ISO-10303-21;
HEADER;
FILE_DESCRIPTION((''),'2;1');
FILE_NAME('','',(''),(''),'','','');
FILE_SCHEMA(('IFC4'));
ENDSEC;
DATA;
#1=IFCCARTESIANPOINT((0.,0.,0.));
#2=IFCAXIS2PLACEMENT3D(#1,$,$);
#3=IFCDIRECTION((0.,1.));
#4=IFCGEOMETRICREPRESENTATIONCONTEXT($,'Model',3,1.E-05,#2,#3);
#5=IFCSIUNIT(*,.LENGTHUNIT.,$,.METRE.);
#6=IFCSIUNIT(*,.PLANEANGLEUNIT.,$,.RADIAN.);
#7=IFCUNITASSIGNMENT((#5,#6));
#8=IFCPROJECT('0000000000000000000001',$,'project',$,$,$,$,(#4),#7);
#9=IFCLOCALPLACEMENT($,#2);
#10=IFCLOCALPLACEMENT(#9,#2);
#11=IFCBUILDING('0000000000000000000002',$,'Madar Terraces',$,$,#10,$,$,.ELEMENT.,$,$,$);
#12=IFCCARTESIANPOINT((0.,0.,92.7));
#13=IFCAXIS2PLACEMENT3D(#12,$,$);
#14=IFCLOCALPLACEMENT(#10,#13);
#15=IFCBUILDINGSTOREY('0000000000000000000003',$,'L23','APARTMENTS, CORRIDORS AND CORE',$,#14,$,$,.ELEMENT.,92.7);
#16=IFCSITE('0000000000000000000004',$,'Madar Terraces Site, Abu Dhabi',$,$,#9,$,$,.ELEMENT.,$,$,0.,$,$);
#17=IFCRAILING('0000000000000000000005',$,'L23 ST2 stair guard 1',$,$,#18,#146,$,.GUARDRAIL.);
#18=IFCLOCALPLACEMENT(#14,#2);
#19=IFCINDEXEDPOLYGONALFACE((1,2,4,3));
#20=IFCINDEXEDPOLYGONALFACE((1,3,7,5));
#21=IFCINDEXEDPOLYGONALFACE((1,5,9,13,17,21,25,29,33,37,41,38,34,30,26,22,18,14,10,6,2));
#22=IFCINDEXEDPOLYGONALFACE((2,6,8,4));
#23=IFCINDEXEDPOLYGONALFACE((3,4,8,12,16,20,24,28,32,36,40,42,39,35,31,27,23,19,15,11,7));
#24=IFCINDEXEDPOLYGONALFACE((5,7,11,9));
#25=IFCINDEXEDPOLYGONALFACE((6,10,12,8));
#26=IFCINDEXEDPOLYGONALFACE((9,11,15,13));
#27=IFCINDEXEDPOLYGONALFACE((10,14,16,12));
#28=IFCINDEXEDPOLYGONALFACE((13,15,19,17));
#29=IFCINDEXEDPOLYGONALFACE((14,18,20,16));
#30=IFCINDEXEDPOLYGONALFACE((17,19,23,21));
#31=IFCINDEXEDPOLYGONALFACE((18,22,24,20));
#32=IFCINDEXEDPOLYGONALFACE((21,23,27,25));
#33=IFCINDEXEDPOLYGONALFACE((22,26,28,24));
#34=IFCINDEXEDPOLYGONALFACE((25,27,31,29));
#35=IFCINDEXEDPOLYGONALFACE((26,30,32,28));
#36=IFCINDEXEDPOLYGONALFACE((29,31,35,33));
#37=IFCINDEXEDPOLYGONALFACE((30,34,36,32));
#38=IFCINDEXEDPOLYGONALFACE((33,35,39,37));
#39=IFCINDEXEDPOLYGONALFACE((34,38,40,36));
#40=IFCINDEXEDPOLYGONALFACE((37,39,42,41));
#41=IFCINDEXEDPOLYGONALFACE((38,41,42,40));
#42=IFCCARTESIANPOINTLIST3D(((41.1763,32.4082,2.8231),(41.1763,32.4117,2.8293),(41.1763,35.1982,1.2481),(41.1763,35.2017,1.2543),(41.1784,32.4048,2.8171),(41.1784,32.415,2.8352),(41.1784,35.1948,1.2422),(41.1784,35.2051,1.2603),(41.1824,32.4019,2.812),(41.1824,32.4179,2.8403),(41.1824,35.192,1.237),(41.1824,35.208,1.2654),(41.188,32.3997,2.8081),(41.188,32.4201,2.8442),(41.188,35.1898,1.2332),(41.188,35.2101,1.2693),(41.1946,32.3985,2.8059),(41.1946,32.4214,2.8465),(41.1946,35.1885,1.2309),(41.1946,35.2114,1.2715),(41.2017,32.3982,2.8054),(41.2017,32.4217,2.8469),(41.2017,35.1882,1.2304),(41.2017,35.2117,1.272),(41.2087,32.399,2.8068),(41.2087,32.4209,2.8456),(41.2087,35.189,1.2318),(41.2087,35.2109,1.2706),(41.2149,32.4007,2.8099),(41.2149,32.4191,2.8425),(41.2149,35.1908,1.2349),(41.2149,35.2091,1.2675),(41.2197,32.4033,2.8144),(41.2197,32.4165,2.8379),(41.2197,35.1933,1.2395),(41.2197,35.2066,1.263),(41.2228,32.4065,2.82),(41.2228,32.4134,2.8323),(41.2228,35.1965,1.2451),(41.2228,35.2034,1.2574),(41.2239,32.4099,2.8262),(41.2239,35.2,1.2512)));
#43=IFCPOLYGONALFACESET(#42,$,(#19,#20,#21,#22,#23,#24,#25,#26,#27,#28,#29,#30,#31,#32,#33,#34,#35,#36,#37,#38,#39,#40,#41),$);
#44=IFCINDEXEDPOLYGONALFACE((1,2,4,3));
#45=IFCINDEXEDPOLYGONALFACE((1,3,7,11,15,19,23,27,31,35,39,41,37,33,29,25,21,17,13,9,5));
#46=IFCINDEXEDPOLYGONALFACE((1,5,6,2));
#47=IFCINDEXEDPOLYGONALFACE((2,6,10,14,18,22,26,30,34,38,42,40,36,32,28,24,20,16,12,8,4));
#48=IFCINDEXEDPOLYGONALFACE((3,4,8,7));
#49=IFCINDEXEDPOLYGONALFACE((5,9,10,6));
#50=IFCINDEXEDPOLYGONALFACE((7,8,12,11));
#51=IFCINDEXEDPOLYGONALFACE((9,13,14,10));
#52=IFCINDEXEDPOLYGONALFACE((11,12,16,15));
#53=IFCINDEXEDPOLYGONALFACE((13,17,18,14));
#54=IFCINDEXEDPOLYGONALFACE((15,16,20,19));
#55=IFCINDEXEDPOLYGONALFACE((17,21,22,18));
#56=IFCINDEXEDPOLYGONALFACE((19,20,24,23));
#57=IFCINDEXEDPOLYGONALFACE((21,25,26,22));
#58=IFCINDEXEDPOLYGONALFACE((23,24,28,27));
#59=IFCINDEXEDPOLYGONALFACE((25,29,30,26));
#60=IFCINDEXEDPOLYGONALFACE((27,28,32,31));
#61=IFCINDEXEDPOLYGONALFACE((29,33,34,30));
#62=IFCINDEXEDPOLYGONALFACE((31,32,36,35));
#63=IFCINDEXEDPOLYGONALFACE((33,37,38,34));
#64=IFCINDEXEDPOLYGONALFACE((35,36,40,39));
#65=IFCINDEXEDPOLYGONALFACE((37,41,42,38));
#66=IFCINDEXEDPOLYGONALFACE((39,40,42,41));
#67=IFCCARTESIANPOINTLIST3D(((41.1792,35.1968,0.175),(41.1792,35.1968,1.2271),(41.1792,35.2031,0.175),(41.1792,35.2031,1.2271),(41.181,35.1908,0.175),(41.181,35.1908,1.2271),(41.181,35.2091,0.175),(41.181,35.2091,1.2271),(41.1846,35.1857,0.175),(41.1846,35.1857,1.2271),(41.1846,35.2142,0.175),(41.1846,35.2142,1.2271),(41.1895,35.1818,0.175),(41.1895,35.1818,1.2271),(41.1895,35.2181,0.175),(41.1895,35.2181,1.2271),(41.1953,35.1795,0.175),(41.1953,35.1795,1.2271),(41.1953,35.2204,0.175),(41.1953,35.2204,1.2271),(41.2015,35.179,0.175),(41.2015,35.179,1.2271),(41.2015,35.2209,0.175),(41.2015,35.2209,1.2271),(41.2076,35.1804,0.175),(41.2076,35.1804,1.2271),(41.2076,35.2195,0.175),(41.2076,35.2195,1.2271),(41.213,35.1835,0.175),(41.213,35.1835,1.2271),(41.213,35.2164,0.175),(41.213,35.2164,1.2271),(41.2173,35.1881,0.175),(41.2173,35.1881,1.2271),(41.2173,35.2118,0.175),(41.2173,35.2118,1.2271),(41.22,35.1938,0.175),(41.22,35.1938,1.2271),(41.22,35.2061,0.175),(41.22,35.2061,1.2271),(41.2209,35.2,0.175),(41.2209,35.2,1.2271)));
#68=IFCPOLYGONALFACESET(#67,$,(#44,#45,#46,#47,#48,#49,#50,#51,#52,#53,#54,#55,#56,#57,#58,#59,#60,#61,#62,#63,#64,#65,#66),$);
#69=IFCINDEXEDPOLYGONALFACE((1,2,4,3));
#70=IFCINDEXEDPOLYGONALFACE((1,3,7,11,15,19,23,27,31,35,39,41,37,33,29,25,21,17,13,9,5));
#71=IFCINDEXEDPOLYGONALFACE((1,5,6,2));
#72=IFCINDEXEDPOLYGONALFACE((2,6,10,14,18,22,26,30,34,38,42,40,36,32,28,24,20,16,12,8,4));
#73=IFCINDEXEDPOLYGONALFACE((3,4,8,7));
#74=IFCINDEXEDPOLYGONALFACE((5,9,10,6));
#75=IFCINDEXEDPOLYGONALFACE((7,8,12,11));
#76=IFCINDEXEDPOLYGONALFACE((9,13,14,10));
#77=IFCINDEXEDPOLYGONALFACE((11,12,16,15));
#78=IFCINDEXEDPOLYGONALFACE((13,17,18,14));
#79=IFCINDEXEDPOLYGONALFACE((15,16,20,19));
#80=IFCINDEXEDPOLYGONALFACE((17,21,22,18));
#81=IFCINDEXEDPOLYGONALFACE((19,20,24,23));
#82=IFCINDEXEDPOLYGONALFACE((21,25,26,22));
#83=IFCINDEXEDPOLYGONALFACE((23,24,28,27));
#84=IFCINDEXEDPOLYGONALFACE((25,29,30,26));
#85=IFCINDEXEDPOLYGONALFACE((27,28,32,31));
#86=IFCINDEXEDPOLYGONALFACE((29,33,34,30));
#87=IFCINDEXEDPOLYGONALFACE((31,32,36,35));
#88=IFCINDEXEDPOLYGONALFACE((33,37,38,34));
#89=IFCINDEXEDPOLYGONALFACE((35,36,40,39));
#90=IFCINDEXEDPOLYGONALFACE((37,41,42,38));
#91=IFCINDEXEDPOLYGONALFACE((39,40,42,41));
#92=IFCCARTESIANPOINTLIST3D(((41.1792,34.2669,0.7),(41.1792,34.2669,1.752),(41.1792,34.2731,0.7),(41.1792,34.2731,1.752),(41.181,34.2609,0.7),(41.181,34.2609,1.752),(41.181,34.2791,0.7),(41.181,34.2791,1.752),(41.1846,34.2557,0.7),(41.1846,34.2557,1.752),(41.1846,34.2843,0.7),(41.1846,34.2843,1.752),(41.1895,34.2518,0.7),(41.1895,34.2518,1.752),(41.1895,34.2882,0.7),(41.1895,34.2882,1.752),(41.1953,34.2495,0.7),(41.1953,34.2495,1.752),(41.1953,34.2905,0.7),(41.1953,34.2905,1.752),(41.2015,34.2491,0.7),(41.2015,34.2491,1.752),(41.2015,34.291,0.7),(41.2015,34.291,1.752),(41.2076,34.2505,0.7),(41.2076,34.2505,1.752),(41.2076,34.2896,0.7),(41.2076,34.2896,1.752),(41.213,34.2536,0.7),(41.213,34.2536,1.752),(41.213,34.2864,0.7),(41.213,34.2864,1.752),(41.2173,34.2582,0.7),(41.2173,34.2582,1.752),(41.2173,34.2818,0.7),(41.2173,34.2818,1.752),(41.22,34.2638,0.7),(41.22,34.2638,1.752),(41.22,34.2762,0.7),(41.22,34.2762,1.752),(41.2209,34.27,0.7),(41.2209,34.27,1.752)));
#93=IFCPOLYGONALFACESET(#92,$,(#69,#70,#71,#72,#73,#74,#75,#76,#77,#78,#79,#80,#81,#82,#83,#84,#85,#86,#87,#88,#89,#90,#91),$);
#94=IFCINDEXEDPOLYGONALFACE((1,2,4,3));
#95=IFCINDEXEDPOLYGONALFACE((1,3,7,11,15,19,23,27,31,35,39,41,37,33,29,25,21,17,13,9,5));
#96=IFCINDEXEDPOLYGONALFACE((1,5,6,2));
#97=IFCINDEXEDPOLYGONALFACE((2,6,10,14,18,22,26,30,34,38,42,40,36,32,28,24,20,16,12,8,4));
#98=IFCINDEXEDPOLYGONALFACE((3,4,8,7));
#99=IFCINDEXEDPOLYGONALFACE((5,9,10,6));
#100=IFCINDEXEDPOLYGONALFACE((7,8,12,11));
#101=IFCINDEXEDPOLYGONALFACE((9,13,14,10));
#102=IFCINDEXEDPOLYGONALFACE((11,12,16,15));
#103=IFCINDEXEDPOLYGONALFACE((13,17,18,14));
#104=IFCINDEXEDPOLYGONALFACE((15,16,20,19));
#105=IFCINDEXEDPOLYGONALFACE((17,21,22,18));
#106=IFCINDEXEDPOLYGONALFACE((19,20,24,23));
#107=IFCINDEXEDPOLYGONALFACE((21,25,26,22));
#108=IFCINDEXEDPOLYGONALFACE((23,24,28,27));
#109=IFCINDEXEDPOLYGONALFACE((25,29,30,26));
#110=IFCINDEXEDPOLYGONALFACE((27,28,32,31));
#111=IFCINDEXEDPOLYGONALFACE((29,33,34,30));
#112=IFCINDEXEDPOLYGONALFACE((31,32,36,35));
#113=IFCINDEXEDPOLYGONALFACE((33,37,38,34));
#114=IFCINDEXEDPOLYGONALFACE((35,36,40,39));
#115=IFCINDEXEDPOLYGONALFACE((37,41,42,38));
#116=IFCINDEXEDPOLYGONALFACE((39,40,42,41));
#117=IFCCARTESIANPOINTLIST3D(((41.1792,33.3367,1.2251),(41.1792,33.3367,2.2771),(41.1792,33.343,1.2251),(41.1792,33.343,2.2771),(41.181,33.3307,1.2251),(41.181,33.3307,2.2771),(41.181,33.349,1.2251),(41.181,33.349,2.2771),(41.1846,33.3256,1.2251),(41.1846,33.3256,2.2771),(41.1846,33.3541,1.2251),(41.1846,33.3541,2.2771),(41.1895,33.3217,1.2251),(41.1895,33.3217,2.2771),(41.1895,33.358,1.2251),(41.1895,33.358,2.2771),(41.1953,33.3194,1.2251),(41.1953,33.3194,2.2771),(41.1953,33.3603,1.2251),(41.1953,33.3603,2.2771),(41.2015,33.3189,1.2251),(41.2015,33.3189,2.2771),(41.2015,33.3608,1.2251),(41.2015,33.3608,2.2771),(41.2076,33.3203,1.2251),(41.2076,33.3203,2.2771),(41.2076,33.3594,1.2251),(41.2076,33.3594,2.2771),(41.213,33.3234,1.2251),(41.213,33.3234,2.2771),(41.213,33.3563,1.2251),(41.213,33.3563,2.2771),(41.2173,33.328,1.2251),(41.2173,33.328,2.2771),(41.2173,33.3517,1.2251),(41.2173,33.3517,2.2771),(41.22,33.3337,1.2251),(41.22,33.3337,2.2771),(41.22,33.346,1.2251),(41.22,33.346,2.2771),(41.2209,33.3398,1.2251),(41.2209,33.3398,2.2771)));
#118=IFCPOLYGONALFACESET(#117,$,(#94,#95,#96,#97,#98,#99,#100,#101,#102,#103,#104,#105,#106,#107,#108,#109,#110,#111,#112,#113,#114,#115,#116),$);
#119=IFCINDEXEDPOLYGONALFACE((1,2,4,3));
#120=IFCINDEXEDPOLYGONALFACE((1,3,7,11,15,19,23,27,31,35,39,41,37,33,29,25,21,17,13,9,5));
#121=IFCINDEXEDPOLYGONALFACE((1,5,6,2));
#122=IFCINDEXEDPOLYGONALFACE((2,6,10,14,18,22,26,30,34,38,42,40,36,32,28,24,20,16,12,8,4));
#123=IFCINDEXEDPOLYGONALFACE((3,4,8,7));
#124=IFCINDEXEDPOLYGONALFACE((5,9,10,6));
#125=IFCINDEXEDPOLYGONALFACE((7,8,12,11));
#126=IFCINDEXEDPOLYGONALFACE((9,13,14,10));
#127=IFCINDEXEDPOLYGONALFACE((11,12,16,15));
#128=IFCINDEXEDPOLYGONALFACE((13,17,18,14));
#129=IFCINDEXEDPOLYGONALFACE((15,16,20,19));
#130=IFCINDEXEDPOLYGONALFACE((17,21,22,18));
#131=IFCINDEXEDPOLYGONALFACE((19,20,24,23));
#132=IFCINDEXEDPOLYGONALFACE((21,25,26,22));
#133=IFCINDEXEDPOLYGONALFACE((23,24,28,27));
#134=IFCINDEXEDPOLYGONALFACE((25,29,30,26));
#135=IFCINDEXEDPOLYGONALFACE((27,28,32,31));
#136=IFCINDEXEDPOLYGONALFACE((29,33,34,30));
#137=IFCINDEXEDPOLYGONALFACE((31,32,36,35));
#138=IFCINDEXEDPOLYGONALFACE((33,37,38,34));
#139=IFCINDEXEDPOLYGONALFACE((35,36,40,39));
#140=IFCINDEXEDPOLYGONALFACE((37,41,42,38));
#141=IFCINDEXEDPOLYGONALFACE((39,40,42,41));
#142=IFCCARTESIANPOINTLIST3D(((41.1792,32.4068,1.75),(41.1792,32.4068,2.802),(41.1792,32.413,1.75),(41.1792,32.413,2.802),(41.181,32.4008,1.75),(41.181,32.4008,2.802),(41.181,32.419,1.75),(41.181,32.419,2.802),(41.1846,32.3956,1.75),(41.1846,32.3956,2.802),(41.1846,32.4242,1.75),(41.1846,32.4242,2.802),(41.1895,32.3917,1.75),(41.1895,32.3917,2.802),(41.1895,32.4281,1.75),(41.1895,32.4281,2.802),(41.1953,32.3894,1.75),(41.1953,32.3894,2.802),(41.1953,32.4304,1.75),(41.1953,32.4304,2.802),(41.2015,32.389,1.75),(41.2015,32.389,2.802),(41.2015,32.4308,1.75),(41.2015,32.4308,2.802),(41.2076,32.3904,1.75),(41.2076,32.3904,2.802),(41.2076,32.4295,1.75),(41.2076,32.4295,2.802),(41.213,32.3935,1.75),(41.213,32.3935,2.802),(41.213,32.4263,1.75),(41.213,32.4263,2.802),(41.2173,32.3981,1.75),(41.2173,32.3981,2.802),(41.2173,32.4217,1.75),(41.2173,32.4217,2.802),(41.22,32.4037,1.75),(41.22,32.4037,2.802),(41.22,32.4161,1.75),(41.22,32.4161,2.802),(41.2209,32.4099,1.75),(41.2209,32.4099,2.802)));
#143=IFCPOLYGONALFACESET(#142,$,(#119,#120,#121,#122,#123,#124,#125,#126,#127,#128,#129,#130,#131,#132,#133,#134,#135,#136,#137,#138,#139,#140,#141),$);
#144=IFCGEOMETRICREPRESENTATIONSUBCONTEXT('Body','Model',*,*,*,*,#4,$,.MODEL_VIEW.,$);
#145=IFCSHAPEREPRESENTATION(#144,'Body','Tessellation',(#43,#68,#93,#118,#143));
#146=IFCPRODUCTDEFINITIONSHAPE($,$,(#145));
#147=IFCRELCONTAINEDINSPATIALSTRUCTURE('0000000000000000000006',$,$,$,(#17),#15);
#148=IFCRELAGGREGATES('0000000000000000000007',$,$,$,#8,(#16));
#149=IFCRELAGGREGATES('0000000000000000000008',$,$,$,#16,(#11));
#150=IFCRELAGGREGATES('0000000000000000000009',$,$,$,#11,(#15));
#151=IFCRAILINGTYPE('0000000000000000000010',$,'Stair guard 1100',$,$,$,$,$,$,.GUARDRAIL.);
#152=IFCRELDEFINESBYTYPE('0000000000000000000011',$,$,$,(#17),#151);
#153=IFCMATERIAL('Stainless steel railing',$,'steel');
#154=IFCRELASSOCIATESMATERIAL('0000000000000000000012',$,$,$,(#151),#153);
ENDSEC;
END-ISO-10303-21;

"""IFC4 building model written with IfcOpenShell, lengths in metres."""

from ifc_helpers import new_model, si_unit, direction, frame, origin, origin_2d, place, context, subcontext, project, spatial, circle, extrude, material, type_object, element, save


model = new_model("IFC4")

# Units and contexts
model_context = context("Model", 3, precision=1e-05, world=origin(), true_north=direction((0.0, 1.0)))
body_context = subcontext(model_context, "Body", "Model", "MODEL_VIEW")
ifc_project = project(units=[si_unit("LENGTHUNIT", "METRE"), si_unit("PLANEANGLEUNIT", "RADIAN")], contexts=[model_context])

# Site, building, storey
site_placement = place(None, origin())
site = spatial("IfcSite", under=ifc_project, at=site_placement, Name="Madar Terraces Site, Abu Dhabi", CompositionType="ELEMENT", RefElevation=0.0)
building_placement = place(site_placement, origin())
building = spatial("IfcBuilding", under=site, at=building_placement, Name="Madar Terraces", CompositionType="ELEMENT")
storey_placement = place(building_placement, frame((0.0, 0.0, 92.7)))
storey = spatial("IfcBuildingStorey", under=building, at=storey_placement, Name="L23", Description="APARTMENTS, CORRIDORS AND CORE", CompositionType="ELEMENT", Elevation=92.7)

# Railing
ifc_material_1 = material(Name="Stainless steel railing", Category="steel")
railing_type_1 = type_object("IfcRailingType", Name="Stair guard 1100", PredefinedType="GUARDRAIL", material=ifc_material_1)
railing_1_placement = place(storey_placement, frame((41.2, 35.2, 0.175)))
element("IfcRailing", 1, at=railing_1_placement, inside=storey, type_object=railing_type_1, Name="L23 ST2 stair guard 1", PredefinedType="GUARDRAIL", context=body_context, shape_type="SweptSolid", body=[
    extrude(circle(Radius=0.0239, at=origin_2d()), frame((0.0, 0.0, 1.0762), z_axis=(0.0, -0.870834, 0.491578), x_axis=(1.0, 0.0, 0.0)), (0.0, 0.0, 1.0), 3.2039),
    extrude(circle(Radius=0.021, at=origin_2d()), origin(), (0.0, 0.0, 1.0), 1.052),
    extrude(circle(Radius=0.021, at=origin_2d()), frame((0.0, -0.9299, 0.5249)), (0.0, 0.0, 1.0), 1.052),
    extrude(circle(Radius=0.021, at=origin_2d()), frame((0.0, -1.8601, 1.05)), (0.0, 0.0, 1.0), 1.052),
    extrude(circle(Radius=0.021, at=origin_2d()), frame((0.0, -2.79, 1.575)), (0.0, 0.0, 1.0), 1.052),
])

save(model, "model.ifc")
